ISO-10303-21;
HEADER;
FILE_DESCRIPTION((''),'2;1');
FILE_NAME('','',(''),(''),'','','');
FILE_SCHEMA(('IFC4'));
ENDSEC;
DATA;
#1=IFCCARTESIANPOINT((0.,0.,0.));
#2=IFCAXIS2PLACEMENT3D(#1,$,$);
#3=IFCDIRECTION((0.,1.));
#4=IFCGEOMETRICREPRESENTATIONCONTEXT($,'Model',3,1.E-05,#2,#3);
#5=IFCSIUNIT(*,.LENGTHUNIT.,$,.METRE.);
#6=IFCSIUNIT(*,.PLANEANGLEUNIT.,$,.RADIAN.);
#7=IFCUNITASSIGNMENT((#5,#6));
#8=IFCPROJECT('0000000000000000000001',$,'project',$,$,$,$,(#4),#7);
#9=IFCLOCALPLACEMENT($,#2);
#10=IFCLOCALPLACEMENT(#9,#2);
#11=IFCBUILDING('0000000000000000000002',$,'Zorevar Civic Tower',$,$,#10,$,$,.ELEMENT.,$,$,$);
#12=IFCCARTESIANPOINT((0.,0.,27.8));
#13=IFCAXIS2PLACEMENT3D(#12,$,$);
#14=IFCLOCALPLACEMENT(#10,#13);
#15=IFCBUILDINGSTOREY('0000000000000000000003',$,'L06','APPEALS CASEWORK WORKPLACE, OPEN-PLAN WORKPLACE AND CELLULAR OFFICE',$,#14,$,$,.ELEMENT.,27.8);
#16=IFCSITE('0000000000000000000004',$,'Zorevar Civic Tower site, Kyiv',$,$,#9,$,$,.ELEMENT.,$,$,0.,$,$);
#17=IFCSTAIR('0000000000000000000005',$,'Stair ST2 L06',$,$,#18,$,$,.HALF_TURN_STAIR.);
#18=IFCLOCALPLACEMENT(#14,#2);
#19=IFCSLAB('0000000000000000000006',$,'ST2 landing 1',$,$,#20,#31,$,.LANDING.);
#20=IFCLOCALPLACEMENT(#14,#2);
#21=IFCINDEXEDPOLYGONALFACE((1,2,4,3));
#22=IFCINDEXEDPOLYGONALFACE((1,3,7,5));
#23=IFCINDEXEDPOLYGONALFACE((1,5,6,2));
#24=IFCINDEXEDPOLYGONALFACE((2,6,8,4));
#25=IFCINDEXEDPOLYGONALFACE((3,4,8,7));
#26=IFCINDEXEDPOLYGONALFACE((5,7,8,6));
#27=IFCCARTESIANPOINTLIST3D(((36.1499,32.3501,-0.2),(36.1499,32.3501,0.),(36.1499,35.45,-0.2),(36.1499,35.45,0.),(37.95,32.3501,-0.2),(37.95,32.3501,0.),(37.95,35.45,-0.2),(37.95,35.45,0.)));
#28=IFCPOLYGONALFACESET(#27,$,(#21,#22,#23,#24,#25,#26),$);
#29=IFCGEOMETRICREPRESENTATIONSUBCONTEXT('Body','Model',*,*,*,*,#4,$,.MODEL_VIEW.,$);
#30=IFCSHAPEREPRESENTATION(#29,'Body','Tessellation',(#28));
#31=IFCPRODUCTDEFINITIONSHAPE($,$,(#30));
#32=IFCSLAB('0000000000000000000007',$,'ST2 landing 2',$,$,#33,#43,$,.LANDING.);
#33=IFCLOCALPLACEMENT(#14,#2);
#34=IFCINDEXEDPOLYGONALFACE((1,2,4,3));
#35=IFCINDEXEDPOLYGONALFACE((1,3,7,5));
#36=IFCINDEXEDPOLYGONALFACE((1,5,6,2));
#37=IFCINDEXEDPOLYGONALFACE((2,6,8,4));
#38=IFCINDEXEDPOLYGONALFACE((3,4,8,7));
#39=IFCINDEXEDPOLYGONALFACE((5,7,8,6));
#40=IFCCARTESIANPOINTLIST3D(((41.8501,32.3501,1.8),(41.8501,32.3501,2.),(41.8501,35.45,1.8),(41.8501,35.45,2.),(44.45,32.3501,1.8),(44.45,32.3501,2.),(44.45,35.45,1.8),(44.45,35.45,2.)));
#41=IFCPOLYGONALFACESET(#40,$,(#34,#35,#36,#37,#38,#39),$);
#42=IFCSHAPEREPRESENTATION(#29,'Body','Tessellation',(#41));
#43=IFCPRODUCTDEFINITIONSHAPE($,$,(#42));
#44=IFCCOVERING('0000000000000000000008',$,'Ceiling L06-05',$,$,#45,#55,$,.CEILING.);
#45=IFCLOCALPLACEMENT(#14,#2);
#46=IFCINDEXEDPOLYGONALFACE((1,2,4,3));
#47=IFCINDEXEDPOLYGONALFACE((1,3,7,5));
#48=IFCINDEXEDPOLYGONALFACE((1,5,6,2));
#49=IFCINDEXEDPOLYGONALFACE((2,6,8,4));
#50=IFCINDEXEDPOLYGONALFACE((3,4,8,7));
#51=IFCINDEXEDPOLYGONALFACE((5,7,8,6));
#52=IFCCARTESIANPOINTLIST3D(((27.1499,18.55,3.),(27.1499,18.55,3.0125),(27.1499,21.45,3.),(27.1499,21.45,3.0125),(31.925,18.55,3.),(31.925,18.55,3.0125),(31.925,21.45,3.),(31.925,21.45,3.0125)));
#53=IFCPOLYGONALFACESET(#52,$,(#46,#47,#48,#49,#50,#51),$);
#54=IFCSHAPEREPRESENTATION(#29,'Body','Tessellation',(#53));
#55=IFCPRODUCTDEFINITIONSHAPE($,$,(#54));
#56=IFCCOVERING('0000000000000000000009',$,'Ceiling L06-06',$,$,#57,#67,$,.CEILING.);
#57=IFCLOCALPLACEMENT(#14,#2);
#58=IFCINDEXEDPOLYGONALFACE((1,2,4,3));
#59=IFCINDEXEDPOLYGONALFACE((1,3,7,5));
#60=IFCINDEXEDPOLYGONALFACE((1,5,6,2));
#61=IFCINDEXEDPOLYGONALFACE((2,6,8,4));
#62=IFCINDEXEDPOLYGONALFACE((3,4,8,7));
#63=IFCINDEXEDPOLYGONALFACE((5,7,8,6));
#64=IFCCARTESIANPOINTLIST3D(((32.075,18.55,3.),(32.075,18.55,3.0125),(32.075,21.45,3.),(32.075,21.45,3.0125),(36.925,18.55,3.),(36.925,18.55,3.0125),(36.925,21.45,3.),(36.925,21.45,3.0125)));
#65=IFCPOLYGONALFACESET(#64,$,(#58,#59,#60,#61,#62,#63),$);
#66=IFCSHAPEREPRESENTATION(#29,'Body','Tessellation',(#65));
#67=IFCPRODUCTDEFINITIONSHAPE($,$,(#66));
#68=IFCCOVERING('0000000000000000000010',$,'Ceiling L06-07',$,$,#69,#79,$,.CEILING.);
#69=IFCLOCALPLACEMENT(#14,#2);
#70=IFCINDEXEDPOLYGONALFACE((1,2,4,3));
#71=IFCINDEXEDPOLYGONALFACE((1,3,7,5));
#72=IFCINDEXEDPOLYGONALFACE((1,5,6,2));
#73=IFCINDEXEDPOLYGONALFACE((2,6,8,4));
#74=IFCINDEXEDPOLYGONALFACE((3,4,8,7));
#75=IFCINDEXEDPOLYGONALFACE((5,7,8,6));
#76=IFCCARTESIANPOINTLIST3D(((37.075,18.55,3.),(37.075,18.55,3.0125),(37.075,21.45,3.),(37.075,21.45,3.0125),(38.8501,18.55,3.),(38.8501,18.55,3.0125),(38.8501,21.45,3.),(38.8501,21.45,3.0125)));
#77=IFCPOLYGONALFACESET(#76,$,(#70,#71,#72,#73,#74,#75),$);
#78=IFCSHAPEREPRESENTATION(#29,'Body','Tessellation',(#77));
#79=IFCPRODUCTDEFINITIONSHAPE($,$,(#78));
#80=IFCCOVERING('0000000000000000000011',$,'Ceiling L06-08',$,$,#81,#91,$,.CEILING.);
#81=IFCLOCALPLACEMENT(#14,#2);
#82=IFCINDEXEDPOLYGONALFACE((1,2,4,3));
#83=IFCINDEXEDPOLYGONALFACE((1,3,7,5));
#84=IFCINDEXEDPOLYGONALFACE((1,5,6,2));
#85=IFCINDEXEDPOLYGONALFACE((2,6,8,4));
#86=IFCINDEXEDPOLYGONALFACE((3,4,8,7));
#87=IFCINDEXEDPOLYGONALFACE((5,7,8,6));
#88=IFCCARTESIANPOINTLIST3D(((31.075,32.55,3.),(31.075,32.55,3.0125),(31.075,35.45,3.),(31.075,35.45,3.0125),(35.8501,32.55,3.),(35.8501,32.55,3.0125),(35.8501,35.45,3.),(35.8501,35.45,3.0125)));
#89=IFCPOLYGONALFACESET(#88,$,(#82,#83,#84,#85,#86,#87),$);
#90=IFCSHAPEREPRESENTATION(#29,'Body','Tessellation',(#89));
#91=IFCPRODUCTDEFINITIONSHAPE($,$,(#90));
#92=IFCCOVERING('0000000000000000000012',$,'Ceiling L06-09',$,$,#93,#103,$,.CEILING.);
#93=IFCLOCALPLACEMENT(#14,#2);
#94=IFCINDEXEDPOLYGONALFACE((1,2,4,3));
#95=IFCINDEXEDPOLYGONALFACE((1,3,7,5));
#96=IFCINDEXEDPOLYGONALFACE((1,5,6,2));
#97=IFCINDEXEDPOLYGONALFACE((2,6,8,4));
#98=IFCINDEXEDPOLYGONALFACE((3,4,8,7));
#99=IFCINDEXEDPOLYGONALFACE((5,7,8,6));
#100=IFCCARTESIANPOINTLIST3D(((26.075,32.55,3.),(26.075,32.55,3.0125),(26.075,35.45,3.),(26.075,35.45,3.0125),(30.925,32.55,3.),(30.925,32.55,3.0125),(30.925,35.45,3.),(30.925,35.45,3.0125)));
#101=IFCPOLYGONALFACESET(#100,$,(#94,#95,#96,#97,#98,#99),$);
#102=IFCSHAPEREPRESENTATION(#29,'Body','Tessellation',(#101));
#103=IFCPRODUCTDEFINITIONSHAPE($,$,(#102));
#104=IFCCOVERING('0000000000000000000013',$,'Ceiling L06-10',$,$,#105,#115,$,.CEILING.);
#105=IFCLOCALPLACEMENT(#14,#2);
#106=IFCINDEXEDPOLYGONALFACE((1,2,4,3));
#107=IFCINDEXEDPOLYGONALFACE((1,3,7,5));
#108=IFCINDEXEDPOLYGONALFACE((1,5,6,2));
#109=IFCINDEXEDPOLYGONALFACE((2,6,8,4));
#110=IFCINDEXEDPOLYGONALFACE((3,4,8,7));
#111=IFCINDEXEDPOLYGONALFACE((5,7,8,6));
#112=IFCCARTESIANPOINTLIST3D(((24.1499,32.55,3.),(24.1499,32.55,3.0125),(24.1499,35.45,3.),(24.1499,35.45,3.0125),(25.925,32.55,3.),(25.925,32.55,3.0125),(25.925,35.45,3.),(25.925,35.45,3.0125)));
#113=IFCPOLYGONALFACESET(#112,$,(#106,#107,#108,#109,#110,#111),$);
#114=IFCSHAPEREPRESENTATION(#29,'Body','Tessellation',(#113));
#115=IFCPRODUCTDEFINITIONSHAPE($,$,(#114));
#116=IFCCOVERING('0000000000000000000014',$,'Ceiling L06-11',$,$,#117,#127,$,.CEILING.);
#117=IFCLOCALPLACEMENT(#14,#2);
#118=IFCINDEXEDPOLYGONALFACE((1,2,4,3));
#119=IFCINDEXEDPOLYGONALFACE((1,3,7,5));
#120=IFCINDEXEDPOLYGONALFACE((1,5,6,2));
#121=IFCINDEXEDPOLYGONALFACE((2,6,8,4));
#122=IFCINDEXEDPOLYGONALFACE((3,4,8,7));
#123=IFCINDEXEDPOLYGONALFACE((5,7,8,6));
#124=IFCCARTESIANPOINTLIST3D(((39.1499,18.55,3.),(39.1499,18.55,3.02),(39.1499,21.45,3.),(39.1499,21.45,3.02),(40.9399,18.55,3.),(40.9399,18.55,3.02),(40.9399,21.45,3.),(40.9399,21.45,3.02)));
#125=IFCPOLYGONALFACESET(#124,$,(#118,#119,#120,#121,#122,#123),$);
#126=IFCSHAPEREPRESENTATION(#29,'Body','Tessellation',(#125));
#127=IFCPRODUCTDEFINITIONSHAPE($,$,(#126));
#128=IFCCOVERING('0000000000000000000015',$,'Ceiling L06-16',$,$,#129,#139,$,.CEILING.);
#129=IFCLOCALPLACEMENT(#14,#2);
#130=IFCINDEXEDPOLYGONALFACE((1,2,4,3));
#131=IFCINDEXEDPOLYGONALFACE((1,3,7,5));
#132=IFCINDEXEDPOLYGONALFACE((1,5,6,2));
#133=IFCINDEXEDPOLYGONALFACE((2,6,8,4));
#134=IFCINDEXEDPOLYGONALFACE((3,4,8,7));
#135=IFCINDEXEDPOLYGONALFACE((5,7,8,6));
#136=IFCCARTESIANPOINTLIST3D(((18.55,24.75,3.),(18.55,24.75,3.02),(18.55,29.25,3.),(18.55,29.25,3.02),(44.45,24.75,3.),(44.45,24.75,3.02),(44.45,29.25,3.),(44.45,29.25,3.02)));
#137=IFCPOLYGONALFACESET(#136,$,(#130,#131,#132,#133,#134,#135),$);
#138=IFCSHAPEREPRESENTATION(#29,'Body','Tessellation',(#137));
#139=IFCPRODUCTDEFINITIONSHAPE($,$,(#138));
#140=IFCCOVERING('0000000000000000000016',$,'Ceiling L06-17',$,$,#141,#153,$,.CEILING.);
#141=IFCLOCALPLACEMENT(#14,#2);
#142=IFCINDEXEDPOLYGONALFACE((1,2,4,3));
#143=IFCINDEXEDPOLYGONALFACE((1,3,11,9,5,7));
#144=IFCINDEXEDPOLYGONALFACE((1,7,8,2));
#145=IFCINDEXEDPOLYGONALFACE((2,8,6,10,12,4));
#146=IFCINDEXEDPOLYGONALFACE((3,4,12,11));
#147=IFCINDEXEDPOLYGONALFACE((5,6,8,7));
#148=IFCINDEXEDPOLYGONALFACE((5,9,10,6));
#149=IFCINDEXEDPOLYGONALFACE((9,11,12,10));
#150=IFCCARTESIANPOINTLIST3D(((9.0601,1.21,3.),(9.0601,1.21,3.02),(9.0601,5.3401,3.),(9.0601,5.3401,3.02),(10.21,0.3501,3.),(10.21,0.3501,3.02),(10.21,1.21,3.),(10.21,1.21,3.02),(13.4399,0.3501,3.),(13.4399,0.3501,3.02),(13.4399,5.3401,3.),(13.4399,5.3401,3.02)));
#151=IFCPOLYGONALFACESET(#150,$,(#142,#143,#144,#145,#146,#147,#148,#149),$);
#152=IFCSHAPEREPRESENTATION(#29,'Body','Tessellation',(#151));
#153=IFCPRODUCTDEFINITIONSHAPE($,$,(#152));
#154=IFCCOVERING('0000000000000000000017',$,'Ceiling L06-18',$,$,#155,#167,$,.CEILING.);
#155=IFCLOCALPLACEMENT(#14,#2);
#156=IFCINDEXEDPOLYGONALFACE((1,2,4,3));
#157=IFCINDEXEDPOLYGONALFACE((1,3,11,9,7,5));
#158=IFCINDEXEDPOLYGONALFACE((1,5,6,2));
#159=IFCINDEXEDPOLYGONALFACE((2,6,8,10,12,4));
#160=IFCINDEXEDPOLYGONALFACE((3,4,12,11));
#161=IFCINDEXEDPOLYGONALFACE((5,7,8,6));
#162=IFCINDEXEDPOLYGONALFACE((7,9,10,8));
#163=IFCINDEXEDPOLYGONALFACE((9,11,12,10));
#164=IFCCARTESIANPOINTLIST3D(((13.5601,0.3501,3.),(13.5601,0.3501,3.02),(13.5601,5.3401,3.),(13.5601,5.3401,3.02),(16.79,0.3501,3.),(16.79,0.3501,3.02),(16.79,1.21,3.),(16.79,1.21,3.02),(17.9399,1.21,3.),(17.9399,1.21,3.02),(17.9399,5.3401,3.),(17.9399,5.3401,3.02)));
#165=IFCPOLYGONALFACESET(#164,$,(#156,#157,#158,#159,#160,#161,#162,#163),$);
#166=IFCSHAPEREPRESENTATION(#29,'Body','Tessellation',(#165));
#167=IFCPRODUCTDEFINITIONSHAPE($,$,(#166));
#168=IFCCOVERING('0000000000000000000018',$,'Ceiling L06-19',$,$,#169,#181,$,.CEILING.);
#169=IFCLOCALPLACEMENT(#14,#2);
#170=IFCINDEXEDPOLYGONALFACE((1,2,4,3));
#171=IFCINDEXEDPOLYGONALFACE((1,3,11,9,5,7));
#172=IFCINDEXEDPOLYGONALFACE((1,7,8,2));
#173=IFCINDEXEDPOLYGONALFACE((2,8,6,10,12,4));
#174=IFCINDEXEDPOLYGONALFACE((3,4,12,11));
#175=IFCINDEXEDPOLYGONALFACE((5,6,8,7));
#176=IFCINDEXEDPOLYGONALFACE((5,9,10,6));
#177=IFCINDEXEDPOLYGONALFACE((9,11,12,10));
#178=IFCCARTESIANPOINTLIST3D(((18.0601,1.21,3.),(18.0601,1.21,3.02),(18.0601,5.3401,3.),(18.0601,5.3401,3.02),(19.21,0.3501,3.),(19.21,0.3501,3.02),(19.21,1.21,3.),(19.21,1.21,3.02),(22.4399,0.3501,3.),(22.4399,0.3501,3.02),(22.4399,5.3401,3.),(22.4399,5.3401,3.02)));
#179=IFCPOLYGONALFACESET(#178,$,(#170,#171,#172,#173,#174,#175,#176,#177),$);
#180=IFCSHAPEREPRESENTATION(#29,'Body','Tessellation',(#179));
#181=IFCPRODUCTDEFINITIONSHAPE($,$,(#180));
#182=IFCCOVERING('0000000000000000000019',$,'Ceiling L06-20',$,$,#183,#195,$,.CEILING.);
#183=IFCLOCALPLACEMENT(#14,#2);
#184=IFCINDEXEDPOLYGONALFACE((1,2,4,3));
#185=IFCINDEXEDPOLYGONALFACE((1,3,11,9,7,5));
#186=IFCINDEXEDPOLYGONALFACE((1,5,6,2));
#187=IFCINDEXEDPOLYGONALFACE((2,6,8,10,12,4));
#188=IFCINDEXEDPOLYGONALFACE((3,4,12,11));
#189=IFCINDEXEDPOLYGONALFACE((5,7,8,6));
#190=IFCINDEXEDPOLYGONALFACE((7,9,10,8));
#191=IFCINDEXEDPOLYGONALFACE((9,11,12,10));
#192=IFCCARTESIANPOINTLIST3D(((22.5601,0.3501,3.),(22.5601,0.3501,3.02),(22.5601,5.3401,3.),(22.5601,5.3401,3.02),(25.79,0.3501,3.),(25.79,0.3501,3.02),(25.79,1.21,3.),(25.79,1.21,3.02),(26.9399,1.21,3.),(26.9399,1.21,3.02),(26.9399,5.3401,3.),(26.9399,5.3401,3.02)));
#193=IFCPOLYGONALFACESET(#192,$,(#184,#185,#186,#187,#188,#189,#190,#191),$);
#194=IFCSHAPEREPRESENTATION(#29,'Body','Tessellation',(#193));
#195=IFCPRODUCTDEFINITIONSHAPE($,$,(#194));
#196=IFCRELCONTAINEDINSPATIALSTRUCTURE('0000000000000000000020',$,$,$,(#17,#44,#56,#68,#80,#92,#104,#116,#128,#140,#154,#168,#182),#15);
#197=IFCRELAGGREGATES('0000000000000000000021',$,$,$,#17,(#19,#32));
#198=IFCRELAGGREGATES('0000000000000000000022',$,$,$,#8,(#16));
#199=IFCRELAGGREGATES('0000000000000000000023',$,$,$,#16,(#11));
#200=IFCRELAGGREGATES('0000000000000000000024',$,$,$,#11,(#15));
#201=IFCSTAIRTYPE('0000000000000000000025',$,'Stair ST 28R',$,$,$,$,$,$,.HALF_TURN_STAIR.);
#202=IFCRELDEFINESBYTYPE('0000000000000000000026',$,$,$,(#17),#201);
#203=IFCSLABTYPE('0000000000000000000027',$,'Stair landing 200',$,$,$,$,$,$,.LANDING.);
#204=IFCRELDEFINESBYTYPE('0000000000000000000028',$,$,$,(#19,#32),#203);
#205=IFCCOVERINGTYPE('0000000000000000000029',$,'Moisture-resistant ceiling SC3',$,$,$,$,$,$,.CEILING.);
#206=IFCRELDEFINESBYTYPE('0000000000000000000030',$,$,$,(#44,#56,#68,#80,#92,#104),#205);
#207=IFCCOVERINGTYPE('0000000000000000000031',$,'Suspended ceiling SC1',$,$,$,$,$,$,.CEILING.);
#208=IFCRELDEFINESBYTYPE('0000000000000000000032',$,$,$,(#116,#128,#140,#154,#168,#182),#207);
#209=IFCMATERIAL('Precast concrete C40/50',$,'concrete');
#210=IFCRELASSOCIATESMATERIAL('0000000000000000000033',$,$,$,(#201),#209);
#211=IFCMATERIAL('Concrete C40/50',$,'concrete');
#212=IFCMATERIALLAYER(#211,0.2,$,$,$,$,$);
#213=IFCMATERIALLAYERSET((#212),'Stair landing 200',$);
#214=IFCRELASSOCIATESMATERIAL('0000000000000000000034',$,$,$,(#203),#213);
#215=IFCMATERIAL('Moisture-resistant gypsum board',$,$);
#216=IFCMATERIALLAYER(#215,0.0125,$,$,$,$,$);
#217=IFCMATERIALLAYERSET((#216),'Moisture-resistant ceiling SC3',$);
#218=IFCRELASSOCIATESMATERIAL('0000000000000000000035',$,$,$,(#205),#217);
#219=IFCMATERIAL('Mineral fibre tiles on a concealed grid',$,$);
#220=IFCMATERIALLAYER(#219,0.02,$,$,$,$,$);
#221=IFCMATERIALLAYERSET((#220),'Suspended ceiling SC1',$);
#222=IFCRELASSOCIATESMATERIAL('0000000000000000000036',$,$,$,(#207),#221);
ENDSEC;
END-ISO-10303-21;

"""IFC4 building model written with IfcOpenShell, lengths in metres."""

from ifc_helpers import new_model, si_unit, direction, frame, origin, place, context, subcontext, project, spatial, polyline, outline, extrude, material, layer, layer_set, type_object, element, aggregate, save


model = new_model("IFC4")

# Units and contexts
model_context = context("Model", 3, precision=1e-05, world=origin(), true_north=direction((0.0, 1.0)))
body_context = subcontext(model_context, "Body", "Model", "MODEL_VIEW")
ifc_project = project(units=[si_unit("LENGTHUNIT", "METRE"), si_unit("PLANEANGLEUNIT", "RADIAN")], contexts=[model_context])

# Site, building, storey
site_placement = place(None, origin())
site = spatial("IfcSite", under=ifc_project, at=site_placement, Name="Zorevar Civic Tower site, Kyiv", CompositionType="ELEMENT", RefElevation=0.0)
building_placement = place(site_placement, origin())
building = spatial("IfcBuilding", under=site, at=building_placement, Name="Zorevar Civic Tower", CompositionType="ELEMENT")
storey_placement = place(building_placement, frame((0.0, 0.0, 27.8)))
storey = spatial("IfcBuildingStorey", under=building, at=storey_placement, Name="L06", Description="APPEALS CASEWORK WORKPLACE, OPEN-PLAN WORKPLACE AND CELLULAR OFFICE", CompositionType="ELEMENT", Elevation=27.8)

# Stair, slabs
ifc_material_1 = material(Name="Precast concrete C40/50", Category="concrete")
stair_type = type_object("IfcStairType", Name="Stair ST 28R", PredefinedType="HALF_TURN_STAIR", material=ifc_material_1)
ifc_material_2 = material(Name="Concrete C40/50", Category="concrete")
ifc_layer_1 = layer(ifc_material_2, 0.2)
ifc_layer_set_1 = layer_set([ifc_layer_1], Name="Stair landing 200")
slab_type_1 = type_object("IfcSlabType", Name="Stair landing 200", PredefinedType="LANDING", material=ifc_layer_set_1)
stair_1_placement = place(storey_placement, origin())
stair_1 = element("IfcStair", 1, at=stair_1_placement, inside=storey, type_object=stair_type, Name="Stair ST2 L06", PredefinedType="HALF_TURN_STAIR")
slab_1_placement = place(storey_placement, frame((0.0, 0.0, -0.2)))
slab_1 = element("IfcSlab", 2, at=slab_1_placement, type_object=slab_type_1, Name="ST2 landing 1", PredefinedType="LANDING", context=body_context, shape_type="SweptSolid", body=[
    extrude(outline(polyline([(37.95, 32.3501), (36.1499, 32.3501), (36.1499, 35.45), (37.95, 35.45), (37.95, 32.3501)])), origin(), (0.0, 0.0, 1.0), 0.2),
])
slab_2_placement = place(storey_placement, frame((0.0, 0.0, 1.8)))
slab_2 = element("IfcSlab", 3, at=slab_2_placement, type_object=slab_type_1, Name="ST2 landing 2", PredefinedType="LANDING", context=body_context, shape_type="SweptSolid", body=[
    extrude(outline(polyline([(44.45, 32.3501), (41.8501, 32.3501), (41.8501, 35.45), (44.45, 35.45), (44.45, 32.3501)])), origin(), (0.0, 0.0, 1.0), 0.2),
])
aggregate(stair_1, [slab_1, slab_2])

# Coverings
ifc_material_3 = material(Name="Moisture-resistant gypsum board")
ifc_layer_2 = layer(ifc_material_3, 0.0125)
ifc_layer_set_2 = layer_set([ifc_layer_2], Name="Moisture-resistant ceiling SC3")
covering_type_1 = type_object("IfcCoveringType", Name="Moisture-resistant ceiling SC3", PredefinedType="CEILING", material=ifc_layer_set_2)
covering_1_placement = place(storey_placement, frame((0.0, 0.0, 3.0)))
element("IfcCovering", 4, at=covering_1_placement, inside=storey, type_object=covering_type_1, Name="Ceiling L06-05", PredefinedType="CEILING", context=body_context, shape_type="SweptSolid", body=[
    extrude(outline(polyline([(31.925, 18.55), (31.925, 21.45), (27.1499, 21.45), (27.1499, 18.55), (31.925, 18.55)])), origin(), (0.0, 0.0, 1.0), 0.0125),
])
covering_2_placement = place(storey_placement, frame((0.0, 0.0, 3.0)))
element("IfcCovering", 5, at=covering_2_placement, inside=storey, type_object=covering_type_1, Name="Ceiling L06-06", PredefinedType="CEILING", context=body_context, shape_type="SweptSolid", body=[
    extrude(outline(polyline([(36.925, 18.55), (36.925, 21.45), (32.075, 21.45), (32.075, 18.55), (36.925, 18.55)])), origin(), (0.0, 0.0, 1.0), 0.0125),
])
covering_3_placement = place(storey_placement, frame((0.0, 0.0, 3.0)))
element("IfcCovering", 6, at=covering_3_placement, inside=storey, type_object=covering_type_1, Name="Ceiling L06-07", PredefinedType="CEILING", context=body_context, shape_type="SweptSolid", body=[
    extrude(outline(polyline([(38.8501, 18.55), (38.8501, 21.45), (37.075, 21.45), (37.075, 18.55), (38.8501, 18.55)])), origin(), (0.0, 0.0, 1.0), 0.0125),
])
covering_4_placement = place(storey_placement, frame((0.0, 0.0, 3.0)))
element("IfcCovering", 7, at=covering_4_placement, inside=storey, type_object=covering_type_1, Name="Ceiling L06-08", PredefinedType="CEILING", context=body_context, shape_type="SweptSolid", body=[
    extrude(outline(polyline([(35.8501, 32.55), (35.8501, 35.45), (31.075, 35.45), (31.075, 32.55), (35.8501, 32.55)])), origin(), (0.0, 0.0, 1.0), 0.0125),
])
covering_5_placement = place(storey_placement, frame((0.0, 0.0, 3.0)))
element("IfcCovering", 8, at=covering_5_placement, inside=storey, type_object=covering_type_1, Name="Ceiling L06-09", PredefinedType="CEILING", context=body_context, shape_type="SweptSolid", body=[
    extrude(outline(polyline([(30.925, 32.55), (30.925, 35.45), (26.075, 35.45), (26.075, 32.55), (30.925, 32.55)])), origin(), (0.0, 0.0, 1.0), 0.0125),
])
covering_6_placement = place(storey_placement, frame((0.0, 0.0, 3.0)))
element("IfcCovering", 9, at=covering_6_placement, inside=storey, type_object=covering_type_1, Name="Ceiling L06-10", PredefinedType="CEILING", context=body_context, shape_type="SweptSolid", body=[
    extrude(outline(polyline([(25.925, 32.55), (25.925, 35.45), (24.1499, 35.45), (24.1499, 32.55), (25.925, 32.55)])), origin(), (0.0, 0.0, 1.0), 0.0125),
])
ifc_material_4 = material(Name="Mineral fibre tiles on a concealed grid")
ifc_layer_3 = layer(ifc_material_4, 0.02)
ifc_layer_set_3 = layer_set([ifc_layer_3], Name="Suspended ceiling SC1")
covering_type_2 = type_object("IfcCoveringType", Name="Suspended ceiling SC1", PredefinedType="CEILING", material=ifc_layer_set_3)
covering_7_placement = place(storey_placement, frame((0.0, 0.0, 3.0)))
element("IfcCovering", 10, at=covering_7_placement, inside=storey, type_object=covering_type_2, Name="Ceiling L06-11", PredefinedType="CEILING", context=body_context, shape_type="SweptSolid", body=[
    extrude(outline(polyline([(40.9399, 18.55), (40.9399, 21.45), (39.1499, 21.45), (39.1499, 18.55), (40.9399, 18.55)])), origin(), (0.0, 0.0, 1.0), 0.02),
])
covering_8_placement = place(storey_placement, frame((0.0, 0.0, 3.0)))
element("IfcCovering", 11, at=covering_8_placement, inside=storey, type_object=covering_type_2, Name="Ceiling L06-16", PredefinedType="CEILING", context=body_context, shape_type="SweptSolid", body=[
    extrude(outline(polyline([(44.45, 24.75), (44.45, 29.25), (18.55, 29.25), (18.55, 24.75), (44.45, 24.75)])), origin(), (0.0, 0.0, 1.0), 0.02),
])
covering_9_placement = place(storey_placement, frame((0.0, 0.0, 3.0)))
element("IfcCovering", 12, at=covering_9_placement, inside=storey, type_object=covering_type_2, Name="Ceiling L06-17", PredefinedType="CEILING", context=body_context, shape_type="SweptSolid", body=[
    extrude(outline(polyline([(13.4399, 5.3401), (13.4399, 0.3501), (10.21, 0.3501), (10.21, 1.21), (9.0601, 1.21), (9.0601, 5.3401), (13.4399, 5.3401)])), origin(), (0.0, 0.0, 1.0), 0.02),
])
covering_10_placement = place(storey_placement, frame((0.0, 0.0, 3.0)))
element("IfcCovering", 13, at=covering_10_placement, inside=storey, type_object=covering_type_2, Name="Ceiling L06-18", PredefinedType="CEILING", context=body_context, shape_type="SweptSolid", body=[
    extrude(outline(polyline([(17.9399, 5.3401), (17.9399, 1.21), (16.79, 1.21), (16.79, 0.3501), (13.5601, 0.3501), (13.5601, 5.3401), (17.9399, 5.3401)])), origin(), (0.0, 0.0, 1.0), 0.02),
])
covering_11_placement = place(storey_placement, frame((0.0, 0.0, 3.0)))
element("IfcCovering", 14, at=covering_11_placement, inside=storey, type_object=covering_type_2, Name="Ceiling L06-19", PredefinedType="CEILING", context=body_context, shape_type="SweptSolid", body=[
    extrude(outline(polyline([(22.4399, 5.3401), (22.4399, 0.3501), (19.21, 0.3501), (19.21, 1.21), (18.0601, 1.21), (18.0601, 5.3401), (22.4399, 5.3401)])), origin(), (0.0, 0.0, 1.0), 0.02),
])
covering_12_placement = place(storey_placement, frame((0.0, 0.0, 3.0)))
element("IfcCovering", 15, at=covering_12_placement, inside=storey, type_object=covering_type_2, Name="Ceiling L06-20", PredefinedType="CEILING", context=body_context, shape_type="SweptSolid", body=[
    extrude(outline(polyline([(26.9399, 5.3401), (26.9399, 1.21), (25.79, 1.21), (25.79, 0.3501), (22.5601, 0.3501), (22.5601, 5.3401), (26.9399, 5.3401)])), origin(), (0.0, 0.0, 1.0), 0.02),
])

save(model, "model.ifc")
